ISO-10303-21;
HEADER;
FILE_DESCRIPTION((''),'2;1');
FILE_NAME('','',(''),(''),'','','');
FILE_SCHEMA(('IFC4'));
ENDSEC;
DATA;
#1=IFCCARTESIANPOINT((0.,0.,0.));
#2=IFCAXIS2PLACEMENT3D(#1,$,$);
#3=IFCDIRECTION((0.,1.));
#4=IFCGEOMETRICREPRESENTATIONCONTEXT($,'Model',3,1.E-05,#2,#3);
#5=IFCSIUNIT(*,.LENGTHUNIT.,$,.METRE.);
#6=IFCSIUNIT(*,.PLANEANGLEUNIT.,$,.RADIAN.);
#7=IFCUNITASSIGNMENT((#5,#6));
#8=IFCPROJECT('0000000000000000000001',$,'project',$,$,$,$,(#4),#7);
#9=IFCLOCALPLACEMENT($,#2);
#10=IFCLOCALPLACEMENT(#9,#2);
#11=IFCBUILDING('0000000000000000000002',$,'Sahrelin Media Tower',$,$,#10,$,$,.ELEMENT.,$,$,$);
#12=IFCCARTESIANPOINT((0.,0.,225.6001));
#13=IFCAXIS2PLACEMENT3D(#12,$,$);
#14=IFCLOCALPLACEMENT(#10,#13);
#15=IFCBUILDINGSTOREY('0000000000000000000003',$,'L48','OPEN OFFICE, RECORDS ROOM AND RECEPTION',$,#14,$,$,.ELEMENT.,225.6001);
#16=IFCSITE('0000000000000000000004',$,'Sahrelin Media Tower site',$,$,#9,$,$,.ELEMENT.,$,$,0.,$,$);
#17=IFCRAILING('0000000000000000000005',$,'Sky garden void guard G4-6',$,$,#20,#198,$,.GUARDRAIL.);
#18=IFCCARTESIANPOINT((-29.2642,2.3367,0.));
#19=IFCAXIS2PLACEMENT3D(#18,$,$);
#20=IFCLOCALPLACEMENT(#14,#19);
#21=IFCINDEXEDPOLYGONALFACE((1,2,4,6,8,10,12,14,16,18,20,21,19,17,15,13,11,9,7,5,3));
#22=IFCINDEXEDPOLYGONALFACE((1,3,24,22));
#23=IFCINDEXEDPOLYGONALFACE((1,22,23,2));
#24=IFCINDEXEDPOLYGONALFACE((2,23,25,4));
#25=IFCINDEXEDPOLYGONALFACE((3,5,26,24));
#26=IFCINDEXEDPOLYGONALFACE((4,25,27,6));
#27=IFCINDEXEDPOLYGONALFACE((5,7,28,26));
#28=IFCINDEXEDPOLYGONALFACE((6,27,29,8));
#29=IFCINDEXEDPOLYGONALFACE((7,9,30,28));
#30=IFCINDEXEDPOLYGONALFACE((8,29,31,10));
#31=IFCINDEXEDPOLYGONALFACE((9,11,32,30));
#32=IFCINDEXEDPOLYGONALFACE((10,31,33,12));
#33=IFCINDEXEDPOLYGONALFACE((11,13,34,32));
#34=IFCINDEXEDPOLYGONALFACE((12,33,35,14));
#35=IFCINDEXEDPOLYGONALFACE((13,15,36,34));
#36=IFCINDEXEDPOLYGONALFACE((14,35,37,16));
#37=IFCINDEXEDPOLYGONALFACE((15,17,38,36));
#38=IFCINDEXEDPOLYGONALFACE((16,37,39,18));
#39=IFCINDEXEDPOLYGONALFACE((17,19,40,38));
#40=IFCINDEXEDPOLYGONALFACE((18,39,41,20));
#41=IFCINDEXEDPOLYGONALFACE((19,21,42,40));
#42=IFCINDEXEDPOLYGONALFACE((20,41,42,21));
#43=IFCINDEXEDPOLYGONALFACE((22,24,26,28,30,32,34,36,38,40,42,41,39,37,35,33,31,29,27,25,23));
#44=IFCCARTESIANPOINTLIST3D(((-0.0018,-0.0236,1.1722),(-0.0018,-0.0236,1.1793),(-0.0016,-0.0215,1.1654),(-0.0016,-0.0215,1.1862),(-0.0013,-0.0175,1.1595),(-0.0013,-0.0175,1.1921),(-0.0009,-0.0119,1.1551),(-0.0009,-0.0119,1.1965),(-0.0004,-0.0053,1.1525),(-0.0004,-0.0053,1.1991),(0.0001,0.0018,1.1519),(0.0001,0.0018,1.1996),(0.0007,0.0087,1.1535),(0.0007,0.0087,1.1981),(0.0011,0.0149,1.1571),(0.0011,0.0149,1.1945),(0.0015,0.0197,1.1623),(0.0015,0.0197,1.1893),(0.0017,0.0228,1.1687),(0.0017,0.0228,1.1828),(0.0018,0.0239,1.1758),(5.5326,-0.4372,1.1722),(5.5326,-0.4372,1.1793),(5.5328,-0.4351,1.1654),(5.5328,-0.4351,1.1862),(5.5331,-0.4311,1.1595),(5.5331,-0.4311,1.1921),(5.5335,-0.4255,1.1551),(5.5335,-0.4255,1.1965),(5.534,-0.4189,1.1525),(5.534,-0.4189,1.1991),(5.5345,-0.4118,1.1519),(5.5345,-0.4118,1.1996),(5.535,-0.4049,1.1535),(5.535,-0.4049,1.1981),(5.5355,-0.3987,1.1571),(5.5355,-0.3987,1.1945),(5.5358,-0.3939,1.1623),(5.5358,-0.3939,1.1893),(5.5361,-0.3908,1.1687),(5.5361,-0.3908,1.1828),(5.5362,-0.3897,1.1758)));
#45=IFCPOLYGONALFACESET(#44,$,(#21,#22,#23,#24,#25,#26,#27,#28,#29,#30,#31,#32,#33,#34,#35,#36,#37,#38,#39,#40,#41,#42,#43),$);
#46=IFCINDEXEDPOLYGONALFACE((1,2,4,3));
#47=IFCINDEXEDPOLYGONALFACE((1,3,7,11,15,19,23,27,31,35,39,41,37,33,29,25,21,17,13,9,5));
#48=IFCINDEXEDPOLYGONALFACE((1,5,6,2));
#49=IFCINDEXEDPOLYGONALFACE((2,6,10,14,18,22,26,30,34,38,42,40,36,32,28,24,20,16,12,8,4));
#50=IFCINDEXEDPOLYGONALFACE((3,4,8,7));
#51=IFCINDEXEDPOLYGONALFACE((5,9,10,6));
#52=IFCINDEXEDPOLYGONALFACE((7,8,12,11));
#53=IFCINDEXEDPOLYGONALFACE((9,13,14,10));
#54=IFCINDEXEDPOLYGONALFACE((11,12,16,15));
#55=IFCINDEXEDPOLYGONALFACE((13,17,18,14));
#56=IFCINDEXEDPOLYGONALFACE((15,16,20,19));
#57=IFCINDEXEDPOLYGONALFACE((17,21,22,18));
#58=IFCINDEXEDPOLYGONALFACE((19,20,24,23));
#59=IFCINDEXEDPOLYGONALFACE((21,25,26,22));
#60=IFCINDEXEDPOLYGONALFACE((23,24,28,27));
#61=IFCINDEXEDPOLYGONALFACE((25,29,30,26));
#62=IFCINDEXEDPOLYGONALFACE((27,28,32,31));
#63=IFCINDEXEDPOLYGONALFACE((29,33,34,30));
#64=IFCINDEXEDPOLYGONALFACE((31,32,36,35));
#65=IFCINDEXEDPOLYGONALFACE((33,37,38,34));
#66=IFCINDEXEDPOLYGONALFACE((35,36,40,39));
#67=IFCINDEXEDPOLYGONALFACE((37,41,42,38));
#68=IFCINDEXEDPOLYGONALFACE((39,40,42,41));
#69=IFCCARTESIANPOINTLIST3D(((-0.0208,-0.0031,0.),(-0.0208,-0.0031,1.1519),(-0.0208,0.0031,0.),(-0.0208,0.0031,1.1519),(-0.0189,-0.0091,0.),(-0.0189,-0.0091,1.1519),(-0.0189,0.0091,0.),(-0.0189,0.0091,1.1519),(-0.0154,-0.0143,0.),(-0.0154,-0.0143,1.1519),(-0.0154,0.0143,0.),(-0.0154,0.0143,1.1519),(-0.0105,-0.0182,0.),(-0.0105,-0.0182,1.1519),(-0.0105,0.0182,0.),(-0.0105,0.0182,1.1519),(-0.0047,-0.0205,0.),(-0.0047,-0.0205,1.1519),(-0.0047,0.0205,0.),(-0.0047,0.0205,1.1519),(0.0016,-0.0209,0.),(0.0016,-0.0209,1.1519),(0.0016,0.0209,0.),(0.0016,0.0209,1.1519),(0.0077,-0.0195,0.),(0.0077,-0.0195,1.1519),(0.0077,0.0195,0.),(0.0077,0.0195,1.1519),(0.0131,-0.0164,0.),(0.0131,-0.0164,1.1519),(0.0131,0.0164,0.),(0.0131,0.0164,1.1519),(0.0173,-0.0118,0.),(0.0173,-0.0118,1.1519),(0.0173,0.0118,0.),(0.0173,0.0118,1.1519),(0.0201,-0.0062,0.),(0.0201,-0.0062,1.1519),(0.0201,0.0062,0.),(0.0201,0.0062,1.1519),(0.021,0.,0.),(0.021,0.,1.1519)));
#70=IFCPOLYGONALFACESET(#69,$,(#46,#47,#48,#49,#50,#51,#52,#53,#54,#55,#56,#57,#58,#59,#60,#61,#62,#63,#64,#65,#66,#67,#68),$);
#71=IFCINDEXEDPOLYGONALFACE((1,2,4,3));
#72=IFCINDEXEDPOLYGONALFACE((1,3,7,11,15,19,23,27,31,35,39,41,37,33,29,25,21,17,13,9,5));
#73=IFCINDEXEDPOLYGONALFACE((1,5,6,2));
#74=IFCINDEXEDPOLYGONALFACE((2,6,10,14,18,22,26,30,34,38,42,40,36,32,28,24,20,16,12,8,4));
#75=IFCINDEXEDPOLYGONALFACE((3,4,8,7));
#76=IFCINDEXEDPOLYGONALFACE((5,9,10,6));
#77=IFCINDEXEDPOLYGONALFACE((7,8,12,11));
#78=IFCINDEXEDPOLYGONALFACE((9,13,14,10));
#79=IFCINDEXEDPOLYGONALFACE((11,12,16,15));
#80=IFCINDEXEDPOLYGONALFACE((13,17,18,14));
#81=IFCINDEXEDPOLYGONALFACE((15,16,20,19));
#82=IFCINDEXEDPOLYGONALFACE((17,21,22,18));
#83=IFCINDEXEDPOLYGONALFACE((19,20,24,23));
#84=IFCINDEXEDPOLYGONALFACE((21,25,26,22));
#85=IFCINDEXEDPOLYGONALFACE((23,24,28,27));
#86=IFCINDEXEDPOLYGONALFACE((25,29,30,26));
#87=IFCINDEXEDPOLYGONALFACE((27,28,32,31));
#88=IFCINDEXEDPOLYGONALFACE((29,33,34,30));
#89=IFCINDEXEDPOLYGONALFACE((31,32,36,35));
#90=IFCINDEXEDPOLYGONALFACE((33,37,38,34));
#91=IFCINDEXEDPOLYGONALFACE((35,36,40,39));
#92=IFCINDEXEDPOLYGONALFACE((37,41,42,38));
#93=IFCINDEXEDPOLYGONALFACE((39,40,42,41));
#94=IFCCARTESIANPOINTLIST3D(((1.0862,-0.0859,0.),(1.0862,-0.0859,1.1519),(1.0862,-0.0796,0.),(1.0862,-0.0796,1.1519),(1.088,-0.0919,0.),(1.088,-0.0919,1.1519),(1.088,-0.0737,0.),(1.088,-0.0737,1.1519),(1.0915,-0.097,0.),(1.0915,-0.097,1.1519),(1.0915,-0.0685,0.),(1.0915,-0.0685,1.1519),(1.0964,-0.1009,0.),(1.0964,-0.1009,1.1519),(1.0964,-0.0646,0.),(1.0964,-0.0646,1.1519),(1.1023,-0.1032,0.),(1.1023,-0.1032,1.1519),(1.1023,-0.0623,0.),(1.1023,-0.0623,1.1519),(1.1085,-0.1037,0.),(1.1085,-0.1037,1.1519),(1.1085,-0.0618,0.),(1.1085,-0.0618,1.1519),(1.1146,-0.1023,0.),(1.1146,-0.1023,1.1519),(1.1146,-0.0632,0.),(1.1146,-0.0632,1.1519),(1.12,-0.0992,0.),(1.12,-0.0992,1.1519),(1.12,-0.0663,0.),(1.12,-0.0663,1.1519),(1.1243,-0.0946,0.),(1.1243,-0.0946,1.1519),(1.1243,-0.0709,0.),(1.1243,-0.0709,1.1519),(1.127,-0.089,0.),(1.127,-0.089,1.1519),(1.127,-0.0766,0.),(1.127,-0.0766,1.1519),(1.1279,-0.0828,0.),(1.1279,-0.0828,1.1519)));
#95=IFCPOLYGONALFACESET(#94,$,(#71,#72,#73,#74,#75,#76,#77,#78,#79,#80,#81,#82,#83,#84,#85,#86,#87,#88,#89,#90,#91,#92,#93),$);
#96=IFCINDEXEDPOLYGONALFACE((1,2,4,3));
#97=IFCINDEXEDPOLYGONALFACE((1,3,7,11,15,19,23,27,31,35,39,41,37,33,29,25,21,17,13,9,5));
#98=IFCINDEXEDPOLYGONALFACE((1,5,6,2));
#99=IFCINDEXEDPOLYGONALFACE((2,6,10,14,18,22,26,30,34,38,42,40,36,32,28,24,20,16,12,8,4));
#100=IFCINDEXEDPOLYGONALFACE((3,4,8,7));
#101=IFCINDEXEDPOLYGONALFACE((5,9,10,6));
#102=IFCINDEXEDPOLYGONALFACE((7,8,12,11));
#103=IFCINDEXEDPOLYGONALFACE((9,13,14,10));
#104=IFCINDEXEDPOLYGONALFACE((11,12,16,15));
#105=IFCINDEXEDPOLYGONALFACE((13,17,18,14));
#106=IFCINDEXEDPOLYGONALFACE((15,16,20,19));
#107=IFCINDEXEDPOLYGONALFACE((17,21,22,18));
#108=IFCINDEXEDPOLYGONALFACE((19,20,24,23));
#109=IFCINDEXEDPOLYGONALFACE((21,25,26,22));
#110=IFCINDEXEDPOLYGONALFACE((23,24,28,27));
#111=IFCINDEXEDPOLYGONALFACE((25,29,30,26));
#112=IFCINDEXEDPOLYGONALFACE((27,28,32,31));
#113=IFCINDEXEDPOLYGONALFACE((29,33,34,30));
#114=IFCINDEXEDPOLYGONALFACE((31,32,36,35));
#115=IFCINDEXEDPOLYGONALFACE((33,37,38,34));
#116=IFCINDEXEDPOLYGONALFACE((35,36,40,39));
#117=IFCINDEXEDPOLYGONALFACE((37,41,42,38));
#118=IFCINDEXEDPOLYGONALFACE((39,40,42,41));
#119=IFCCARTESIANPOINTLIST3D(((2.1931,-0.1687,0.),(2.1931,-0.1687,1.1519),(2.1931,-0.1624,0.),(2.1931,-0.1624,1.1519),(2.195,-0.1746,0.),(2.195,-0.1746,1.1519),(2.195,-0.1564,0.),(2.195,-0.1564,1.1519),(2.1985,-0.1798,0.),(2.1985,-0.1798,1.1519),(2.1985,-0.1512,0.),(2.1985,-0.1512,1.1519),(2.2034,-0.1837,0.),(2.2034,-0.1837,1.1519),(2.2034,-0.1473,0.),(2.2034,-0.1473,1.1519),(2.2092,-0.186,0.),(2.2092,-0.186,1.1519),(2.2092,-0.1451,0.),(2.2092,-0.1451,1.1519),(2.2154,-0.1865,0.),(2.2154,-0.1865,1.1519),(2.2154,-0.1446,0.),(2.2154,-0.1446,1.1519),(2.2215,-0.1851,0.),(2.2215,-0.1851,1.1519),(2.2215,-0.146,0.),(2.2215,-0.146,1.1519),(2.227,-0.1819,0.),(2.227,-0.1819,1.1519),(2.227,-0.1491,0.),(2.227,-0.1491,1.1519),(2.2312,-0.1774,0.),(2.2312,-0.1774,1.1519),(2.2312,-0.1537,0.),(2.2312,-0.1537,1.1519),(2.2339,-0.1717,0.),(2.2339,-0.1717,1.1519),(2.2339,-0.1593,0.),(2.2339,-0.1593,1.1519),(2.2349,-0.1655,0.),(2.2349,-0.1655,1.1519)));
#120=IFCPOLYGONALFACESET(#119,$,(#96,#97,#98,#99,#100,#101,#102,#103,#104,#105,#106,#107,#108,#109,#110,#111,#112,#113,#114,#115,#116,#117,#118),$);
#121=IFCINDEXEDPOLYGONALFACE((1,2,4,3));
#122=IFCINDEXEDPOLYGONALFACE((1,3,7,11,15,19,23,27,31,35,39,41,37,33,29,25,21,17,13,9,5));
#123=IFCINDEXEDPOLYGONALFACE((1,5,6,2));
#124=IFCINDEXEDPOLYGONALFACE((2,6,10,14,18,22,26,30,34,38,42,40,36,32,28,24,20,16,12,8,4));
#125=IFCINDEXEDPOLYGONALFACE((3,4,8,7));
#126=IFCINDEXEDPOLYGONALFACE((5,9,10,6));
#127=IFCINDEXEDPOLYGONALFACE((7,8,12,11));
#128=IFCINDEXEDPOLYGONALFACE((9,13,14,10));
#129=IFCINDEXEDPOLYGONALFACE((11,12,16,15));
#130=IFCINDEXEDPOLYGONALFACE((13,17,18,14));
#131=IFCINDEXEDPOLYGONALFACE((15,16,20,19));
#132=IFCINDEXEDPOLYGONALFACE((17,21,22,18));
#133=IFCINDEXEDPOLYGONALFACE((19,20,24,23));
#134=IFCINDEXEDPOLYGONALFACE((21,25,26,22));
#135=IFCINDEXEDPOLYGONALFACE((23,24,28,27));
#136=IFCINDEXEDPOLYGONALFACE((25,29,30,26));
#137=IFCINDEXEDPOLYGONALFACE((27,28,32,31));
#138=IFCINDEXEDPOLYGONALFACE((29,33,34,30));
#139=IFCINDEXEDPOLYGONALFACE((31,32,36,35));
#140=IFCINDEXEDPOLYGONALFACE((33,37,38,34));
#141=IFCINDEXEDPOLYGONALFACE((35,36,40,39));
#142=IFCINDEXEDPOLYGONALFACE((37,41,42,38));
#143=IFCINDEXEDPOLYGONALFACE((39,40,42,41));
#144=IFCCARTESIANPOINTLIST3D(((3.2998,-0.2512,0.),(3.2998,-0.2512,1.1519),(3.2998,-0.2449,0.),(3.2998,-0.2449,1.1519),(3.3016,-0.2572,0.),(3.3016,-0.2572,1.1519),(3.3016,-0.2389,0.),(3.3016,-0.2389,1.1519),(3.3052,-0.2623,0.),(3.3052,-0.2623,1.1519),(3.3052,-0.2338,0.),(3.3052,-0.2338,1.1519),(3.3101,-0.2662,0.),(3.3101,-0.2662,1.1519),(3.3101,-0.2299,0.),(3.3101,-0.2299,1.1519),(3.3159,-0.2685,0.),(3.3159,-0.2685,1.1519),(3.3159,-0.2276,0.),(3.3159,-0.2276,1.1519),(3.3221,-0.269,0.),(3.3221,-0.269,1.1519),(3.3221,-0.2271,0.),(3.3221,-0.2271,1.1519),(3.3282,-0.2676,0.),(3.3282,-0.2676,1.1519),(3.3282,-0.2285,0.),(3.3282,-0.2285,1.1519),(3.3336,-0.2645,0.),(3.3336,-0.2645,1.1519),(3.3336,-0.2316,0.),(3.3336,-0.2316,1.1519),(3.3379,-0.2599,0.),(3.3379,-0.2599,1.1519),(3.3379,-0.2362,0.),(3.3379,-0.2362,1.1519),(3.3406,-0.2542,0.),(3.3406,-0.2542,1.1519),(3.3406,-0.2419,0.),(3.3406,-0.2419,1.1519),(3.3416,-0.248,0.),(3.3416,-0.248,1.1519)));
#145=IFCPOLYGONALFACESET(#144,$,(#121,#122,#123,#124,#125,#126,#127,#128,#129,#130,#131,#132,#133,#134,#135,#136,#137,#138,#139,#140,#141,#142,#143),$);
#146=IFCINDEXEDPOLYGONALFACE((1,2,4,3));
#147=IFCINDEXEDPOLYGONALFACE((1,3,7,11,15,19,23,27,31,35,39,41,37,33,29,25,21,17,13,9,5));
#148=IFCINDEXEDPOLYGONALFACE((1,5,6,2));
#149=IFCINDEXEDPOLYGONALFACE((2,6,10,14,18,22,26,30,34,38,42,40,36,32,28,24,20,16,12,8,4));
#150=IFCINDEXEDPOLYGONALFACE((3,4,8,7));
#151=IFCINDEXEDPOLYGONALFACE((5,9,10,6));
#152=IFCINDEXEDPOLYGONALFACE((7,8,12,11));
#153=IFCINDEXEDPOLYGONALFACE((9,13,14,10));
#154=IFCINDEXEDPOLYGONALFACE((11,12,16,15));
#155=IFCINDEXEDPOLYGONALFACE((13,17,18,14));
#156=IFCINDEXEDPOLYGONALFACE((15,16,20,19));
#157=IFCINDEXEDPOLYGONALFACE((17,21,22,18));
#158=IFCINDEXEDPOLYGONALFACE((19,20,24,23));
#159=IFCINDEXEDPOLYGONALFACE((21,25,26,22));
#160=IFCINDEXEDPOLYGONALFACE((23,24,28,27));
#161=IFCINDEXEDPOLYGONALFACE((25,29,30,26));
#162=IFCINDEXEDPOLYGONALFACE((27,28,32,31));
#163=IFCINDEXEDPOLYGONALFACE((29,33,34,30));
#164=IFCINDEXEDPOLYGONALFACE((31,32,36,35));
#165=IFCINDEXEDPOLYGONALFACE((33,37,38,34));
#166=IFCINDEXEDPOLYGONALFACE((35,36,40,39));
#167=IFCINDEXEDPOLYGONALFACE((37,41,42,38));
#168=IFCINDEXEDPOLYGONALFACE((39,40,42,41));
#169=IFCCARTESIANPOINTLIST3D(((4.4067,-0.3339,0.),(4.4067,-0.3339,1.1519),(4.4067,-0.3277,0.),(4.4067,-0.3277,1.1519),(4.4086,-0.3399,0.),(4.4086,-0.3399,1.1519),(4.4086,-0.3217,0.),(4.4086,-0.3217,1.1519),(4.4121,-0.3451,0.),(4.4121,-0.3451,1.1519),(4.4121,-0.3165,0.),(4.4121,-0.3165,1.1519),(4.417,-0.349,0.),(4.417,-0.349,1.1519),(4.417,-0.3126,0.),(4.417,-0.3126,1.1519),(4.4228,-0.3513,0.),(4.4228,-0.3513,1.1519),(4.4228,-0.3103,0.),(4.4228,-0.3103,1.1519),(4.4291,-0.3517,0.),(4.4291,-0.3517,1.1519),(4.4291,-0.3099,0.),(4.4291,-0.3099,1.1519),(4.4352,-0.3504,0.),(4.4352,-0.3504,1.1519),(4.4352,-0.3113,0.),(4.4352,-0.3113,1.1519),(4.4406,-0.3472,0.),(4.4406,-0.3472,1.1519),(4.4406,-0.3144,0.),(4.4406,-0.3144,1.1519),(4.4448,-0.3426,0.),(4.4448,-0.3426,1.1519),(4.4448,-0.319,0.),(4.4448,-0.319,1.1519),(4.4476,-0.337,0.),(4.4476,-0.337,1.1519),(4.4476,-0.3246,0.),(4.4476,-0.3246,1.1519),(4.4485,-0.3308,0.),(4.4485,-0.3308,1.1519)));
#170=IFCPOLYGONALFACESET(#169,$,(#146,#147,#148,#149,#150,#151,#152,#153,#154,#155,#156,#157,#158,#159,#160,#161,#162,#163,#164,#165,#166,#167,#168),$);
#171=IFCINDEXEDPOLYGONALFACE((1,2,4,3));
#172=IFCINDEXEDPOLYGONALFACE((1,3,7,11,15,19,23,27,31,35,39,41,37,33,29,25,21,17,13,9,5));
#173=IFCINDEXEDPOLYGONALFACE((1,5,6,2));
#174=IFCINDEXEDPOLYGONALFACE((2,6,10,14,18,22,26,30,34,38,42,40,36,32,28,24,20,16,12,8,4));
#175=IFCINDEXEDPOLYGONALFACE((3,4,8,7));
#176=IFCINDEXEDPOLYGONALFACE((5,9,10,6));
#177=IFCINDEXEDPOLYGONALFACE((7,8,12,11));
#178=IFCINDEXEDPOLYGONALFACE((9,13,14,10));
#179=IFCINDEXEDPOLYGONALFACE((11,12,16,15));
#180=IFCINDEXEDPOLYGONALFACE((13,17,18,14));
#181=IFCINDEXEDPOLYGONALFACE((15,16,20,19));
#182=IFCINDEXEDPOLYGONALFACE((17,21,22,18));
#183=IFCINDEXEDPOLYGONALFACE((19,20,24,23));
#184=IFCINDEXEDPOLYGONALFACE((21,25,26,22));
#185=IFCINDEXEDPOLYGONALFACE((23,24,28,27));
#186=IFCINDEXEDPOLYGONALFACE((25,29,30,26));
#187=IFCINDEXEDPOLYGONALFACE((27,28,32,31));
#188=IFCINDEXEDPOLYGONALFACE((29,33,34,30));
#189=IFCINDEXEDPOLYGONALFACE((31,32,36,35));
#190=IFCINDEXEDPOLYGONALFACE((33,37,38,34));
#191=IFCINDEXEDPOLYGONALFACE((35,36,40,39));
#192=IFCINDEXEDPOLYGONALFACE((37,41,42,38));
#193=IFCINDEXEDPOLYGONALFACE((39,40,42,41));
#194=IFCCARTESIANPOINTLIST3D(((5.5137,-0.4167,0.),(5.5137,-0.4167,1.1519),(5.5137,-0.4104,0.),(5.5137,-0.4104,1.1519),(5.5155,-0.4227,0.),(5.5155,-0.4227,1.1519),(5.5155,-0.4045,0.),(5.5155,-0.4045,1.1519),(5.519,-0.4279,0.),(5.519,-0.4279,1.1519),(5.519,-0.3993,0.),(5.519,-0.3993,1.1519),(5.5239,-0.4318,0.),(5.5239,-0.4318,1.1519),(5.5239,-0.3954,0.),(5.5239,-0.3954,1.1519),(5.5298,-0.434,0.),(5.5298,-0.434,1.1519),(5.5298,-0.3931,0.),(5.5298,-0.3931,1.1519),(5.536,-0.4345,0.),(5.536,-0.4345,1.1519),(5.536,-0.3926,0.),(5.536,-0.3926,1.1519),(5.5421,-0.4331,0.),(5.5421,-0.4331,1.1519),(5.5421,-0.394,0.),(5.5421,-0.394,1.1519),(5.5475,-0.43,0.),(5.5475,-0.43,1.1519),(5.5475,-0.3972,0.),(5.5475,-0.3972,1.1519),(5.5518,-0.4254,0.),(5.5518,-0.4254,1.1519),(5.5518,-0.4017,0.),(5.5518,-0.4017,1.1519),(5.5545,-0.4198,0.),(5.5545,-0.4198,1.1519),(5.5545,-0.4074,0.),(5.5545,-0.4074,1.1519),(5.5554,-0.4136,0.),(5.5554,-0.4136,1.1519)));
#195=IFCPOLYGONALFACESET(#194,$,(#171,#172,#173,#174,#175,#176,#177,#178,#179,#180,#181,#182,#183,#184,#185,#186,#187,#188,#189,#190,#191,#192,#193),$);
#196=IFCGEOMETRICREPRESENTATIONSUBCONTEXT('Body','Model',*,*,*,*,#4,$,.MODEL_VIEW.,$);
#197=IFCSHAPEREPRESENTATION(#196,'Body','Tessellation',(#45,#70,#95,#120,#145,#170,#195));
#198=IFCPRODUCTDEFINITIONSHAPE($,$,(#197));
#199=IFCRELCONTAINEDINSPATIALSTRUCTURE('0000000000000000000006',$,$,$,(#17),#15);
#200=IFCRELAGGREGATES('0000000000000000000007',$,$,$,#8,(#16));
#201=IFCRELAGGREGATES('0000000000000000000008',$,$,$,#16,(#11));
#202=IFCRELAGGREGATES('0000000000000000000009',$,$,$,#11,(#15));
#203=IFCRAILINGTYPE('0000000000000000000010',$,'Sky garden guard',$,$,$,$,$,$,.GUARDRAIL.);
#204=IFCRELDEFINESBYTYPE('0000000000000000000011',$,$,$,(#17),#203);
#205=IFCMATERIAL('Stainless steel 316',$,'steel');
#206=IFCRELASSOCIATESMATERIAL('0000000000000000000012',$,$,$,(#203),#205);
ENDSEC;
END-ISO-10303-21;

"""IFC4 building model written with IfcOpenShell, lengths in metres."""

from ifc_helpers import new_model, si_unit, direction, frame, origin, origin_2d, place, context, subcontext, project, spatial, circle, extrude, material, type_object, element, save


model = new_model("IFC4")

# Units and contexts
model_context = context("Model", 3, precision=1e-05, world=origin(), true_north=direction((0.0, 1.0)))
body_context = subcontext(model_context, "Body", "Model", "MODEL_VIEW")
ifc_project = project(units=[si_unit("LENGTHUNIT", "METRE"), si_unit("PLANEANGLEUNIT", "RADIAN")], contexts=[model_context])

# Site, building, storey
site_placement = place(None, origin())
site = spatial("IfcSite", under=ifc_project, at=site_placement, Name="Sahrelin Media Tower site", CompositionType="ELEMENT", RefElevation=0.0)
building_placement = place(site_placement, origin())
building = spatial("IfcBuilding", under=site, at=building_placement, Name="Sahrelin Media Tower", CompositionType="ELEMENT")
storey_placement = place(building_placement, frame((0.0, 0.0, 225.6001)))
storey = spatial("IfcBuildingStorey", under=building, at=storey_placement, Name="L48", Description="OPEN OFFICE, RECORDS ROOM AND RECEPTION", CompositionType="ELEMENT", Elevation=225.6001)

# Railing
ifc_material_1 = material(Name="Stainless steel 316", Category="steel")
railing_type = type_object("IfcRailingType", Name="Sky garden guard", PredefinedType="GUARDRAIL", material=ifc_material_1)
railing_1_placement = place(storey_placement, frame((-29.2642, 2.3367, 0.0)))
element("IfcRailing", 1, at=railing_1_placement, inside=storey, type_object=railing_type, Name="Sky garden void guard G4-6", PredefinedType="GUARDRAIL", context=body_context, shape_type="SweptSolid", body=[
    extrude(circle(Radius=0.0239, at=origin_2d()), frame((0.0, 0.0, 1.1758), z_axis=(0.99722, -0.07452, 0.0), x_axis=(0.07452, 0.99722, 0.0)), (0.0, 0.0, 1.0), 5.5498),
    extrude(circle(Radius=0.021, at=origin_2d()), origin(), (0.0, 0.0, 1.0), 1.1519),
    extrude(circle(Radius=0.021, at=origin_2d()), frame((1.1069, -0.0828, 0.0)), (0.0, 0.0, 1.0), 1.1519),
    extrude(circle(Radius=0.021, at=origin_2d()), frame((2.2139, -0.1655, 0.0)), (0.0, 0.0, 1.0), 1.1519),
    extrude(circle(Radius=0.021, at=origin_2d()), frame((3.3206, -0.248, 0.0)), (0.0, 0.0, 1.0), 1.1519),
    extrude(circle(Radius=0.021, at=origin_2d()), frame((4.4275, -0.3308, 0.0)), (0.0, 0.0, 1.0), 1.1519),
    extrude(circle(Radius=0.021, at=origin_2d()), frame((5.5344, -0.4136, 0.0)), (0.0, 0.0, 1.0), 1.1519),
])

save(model, "model.ifc")
